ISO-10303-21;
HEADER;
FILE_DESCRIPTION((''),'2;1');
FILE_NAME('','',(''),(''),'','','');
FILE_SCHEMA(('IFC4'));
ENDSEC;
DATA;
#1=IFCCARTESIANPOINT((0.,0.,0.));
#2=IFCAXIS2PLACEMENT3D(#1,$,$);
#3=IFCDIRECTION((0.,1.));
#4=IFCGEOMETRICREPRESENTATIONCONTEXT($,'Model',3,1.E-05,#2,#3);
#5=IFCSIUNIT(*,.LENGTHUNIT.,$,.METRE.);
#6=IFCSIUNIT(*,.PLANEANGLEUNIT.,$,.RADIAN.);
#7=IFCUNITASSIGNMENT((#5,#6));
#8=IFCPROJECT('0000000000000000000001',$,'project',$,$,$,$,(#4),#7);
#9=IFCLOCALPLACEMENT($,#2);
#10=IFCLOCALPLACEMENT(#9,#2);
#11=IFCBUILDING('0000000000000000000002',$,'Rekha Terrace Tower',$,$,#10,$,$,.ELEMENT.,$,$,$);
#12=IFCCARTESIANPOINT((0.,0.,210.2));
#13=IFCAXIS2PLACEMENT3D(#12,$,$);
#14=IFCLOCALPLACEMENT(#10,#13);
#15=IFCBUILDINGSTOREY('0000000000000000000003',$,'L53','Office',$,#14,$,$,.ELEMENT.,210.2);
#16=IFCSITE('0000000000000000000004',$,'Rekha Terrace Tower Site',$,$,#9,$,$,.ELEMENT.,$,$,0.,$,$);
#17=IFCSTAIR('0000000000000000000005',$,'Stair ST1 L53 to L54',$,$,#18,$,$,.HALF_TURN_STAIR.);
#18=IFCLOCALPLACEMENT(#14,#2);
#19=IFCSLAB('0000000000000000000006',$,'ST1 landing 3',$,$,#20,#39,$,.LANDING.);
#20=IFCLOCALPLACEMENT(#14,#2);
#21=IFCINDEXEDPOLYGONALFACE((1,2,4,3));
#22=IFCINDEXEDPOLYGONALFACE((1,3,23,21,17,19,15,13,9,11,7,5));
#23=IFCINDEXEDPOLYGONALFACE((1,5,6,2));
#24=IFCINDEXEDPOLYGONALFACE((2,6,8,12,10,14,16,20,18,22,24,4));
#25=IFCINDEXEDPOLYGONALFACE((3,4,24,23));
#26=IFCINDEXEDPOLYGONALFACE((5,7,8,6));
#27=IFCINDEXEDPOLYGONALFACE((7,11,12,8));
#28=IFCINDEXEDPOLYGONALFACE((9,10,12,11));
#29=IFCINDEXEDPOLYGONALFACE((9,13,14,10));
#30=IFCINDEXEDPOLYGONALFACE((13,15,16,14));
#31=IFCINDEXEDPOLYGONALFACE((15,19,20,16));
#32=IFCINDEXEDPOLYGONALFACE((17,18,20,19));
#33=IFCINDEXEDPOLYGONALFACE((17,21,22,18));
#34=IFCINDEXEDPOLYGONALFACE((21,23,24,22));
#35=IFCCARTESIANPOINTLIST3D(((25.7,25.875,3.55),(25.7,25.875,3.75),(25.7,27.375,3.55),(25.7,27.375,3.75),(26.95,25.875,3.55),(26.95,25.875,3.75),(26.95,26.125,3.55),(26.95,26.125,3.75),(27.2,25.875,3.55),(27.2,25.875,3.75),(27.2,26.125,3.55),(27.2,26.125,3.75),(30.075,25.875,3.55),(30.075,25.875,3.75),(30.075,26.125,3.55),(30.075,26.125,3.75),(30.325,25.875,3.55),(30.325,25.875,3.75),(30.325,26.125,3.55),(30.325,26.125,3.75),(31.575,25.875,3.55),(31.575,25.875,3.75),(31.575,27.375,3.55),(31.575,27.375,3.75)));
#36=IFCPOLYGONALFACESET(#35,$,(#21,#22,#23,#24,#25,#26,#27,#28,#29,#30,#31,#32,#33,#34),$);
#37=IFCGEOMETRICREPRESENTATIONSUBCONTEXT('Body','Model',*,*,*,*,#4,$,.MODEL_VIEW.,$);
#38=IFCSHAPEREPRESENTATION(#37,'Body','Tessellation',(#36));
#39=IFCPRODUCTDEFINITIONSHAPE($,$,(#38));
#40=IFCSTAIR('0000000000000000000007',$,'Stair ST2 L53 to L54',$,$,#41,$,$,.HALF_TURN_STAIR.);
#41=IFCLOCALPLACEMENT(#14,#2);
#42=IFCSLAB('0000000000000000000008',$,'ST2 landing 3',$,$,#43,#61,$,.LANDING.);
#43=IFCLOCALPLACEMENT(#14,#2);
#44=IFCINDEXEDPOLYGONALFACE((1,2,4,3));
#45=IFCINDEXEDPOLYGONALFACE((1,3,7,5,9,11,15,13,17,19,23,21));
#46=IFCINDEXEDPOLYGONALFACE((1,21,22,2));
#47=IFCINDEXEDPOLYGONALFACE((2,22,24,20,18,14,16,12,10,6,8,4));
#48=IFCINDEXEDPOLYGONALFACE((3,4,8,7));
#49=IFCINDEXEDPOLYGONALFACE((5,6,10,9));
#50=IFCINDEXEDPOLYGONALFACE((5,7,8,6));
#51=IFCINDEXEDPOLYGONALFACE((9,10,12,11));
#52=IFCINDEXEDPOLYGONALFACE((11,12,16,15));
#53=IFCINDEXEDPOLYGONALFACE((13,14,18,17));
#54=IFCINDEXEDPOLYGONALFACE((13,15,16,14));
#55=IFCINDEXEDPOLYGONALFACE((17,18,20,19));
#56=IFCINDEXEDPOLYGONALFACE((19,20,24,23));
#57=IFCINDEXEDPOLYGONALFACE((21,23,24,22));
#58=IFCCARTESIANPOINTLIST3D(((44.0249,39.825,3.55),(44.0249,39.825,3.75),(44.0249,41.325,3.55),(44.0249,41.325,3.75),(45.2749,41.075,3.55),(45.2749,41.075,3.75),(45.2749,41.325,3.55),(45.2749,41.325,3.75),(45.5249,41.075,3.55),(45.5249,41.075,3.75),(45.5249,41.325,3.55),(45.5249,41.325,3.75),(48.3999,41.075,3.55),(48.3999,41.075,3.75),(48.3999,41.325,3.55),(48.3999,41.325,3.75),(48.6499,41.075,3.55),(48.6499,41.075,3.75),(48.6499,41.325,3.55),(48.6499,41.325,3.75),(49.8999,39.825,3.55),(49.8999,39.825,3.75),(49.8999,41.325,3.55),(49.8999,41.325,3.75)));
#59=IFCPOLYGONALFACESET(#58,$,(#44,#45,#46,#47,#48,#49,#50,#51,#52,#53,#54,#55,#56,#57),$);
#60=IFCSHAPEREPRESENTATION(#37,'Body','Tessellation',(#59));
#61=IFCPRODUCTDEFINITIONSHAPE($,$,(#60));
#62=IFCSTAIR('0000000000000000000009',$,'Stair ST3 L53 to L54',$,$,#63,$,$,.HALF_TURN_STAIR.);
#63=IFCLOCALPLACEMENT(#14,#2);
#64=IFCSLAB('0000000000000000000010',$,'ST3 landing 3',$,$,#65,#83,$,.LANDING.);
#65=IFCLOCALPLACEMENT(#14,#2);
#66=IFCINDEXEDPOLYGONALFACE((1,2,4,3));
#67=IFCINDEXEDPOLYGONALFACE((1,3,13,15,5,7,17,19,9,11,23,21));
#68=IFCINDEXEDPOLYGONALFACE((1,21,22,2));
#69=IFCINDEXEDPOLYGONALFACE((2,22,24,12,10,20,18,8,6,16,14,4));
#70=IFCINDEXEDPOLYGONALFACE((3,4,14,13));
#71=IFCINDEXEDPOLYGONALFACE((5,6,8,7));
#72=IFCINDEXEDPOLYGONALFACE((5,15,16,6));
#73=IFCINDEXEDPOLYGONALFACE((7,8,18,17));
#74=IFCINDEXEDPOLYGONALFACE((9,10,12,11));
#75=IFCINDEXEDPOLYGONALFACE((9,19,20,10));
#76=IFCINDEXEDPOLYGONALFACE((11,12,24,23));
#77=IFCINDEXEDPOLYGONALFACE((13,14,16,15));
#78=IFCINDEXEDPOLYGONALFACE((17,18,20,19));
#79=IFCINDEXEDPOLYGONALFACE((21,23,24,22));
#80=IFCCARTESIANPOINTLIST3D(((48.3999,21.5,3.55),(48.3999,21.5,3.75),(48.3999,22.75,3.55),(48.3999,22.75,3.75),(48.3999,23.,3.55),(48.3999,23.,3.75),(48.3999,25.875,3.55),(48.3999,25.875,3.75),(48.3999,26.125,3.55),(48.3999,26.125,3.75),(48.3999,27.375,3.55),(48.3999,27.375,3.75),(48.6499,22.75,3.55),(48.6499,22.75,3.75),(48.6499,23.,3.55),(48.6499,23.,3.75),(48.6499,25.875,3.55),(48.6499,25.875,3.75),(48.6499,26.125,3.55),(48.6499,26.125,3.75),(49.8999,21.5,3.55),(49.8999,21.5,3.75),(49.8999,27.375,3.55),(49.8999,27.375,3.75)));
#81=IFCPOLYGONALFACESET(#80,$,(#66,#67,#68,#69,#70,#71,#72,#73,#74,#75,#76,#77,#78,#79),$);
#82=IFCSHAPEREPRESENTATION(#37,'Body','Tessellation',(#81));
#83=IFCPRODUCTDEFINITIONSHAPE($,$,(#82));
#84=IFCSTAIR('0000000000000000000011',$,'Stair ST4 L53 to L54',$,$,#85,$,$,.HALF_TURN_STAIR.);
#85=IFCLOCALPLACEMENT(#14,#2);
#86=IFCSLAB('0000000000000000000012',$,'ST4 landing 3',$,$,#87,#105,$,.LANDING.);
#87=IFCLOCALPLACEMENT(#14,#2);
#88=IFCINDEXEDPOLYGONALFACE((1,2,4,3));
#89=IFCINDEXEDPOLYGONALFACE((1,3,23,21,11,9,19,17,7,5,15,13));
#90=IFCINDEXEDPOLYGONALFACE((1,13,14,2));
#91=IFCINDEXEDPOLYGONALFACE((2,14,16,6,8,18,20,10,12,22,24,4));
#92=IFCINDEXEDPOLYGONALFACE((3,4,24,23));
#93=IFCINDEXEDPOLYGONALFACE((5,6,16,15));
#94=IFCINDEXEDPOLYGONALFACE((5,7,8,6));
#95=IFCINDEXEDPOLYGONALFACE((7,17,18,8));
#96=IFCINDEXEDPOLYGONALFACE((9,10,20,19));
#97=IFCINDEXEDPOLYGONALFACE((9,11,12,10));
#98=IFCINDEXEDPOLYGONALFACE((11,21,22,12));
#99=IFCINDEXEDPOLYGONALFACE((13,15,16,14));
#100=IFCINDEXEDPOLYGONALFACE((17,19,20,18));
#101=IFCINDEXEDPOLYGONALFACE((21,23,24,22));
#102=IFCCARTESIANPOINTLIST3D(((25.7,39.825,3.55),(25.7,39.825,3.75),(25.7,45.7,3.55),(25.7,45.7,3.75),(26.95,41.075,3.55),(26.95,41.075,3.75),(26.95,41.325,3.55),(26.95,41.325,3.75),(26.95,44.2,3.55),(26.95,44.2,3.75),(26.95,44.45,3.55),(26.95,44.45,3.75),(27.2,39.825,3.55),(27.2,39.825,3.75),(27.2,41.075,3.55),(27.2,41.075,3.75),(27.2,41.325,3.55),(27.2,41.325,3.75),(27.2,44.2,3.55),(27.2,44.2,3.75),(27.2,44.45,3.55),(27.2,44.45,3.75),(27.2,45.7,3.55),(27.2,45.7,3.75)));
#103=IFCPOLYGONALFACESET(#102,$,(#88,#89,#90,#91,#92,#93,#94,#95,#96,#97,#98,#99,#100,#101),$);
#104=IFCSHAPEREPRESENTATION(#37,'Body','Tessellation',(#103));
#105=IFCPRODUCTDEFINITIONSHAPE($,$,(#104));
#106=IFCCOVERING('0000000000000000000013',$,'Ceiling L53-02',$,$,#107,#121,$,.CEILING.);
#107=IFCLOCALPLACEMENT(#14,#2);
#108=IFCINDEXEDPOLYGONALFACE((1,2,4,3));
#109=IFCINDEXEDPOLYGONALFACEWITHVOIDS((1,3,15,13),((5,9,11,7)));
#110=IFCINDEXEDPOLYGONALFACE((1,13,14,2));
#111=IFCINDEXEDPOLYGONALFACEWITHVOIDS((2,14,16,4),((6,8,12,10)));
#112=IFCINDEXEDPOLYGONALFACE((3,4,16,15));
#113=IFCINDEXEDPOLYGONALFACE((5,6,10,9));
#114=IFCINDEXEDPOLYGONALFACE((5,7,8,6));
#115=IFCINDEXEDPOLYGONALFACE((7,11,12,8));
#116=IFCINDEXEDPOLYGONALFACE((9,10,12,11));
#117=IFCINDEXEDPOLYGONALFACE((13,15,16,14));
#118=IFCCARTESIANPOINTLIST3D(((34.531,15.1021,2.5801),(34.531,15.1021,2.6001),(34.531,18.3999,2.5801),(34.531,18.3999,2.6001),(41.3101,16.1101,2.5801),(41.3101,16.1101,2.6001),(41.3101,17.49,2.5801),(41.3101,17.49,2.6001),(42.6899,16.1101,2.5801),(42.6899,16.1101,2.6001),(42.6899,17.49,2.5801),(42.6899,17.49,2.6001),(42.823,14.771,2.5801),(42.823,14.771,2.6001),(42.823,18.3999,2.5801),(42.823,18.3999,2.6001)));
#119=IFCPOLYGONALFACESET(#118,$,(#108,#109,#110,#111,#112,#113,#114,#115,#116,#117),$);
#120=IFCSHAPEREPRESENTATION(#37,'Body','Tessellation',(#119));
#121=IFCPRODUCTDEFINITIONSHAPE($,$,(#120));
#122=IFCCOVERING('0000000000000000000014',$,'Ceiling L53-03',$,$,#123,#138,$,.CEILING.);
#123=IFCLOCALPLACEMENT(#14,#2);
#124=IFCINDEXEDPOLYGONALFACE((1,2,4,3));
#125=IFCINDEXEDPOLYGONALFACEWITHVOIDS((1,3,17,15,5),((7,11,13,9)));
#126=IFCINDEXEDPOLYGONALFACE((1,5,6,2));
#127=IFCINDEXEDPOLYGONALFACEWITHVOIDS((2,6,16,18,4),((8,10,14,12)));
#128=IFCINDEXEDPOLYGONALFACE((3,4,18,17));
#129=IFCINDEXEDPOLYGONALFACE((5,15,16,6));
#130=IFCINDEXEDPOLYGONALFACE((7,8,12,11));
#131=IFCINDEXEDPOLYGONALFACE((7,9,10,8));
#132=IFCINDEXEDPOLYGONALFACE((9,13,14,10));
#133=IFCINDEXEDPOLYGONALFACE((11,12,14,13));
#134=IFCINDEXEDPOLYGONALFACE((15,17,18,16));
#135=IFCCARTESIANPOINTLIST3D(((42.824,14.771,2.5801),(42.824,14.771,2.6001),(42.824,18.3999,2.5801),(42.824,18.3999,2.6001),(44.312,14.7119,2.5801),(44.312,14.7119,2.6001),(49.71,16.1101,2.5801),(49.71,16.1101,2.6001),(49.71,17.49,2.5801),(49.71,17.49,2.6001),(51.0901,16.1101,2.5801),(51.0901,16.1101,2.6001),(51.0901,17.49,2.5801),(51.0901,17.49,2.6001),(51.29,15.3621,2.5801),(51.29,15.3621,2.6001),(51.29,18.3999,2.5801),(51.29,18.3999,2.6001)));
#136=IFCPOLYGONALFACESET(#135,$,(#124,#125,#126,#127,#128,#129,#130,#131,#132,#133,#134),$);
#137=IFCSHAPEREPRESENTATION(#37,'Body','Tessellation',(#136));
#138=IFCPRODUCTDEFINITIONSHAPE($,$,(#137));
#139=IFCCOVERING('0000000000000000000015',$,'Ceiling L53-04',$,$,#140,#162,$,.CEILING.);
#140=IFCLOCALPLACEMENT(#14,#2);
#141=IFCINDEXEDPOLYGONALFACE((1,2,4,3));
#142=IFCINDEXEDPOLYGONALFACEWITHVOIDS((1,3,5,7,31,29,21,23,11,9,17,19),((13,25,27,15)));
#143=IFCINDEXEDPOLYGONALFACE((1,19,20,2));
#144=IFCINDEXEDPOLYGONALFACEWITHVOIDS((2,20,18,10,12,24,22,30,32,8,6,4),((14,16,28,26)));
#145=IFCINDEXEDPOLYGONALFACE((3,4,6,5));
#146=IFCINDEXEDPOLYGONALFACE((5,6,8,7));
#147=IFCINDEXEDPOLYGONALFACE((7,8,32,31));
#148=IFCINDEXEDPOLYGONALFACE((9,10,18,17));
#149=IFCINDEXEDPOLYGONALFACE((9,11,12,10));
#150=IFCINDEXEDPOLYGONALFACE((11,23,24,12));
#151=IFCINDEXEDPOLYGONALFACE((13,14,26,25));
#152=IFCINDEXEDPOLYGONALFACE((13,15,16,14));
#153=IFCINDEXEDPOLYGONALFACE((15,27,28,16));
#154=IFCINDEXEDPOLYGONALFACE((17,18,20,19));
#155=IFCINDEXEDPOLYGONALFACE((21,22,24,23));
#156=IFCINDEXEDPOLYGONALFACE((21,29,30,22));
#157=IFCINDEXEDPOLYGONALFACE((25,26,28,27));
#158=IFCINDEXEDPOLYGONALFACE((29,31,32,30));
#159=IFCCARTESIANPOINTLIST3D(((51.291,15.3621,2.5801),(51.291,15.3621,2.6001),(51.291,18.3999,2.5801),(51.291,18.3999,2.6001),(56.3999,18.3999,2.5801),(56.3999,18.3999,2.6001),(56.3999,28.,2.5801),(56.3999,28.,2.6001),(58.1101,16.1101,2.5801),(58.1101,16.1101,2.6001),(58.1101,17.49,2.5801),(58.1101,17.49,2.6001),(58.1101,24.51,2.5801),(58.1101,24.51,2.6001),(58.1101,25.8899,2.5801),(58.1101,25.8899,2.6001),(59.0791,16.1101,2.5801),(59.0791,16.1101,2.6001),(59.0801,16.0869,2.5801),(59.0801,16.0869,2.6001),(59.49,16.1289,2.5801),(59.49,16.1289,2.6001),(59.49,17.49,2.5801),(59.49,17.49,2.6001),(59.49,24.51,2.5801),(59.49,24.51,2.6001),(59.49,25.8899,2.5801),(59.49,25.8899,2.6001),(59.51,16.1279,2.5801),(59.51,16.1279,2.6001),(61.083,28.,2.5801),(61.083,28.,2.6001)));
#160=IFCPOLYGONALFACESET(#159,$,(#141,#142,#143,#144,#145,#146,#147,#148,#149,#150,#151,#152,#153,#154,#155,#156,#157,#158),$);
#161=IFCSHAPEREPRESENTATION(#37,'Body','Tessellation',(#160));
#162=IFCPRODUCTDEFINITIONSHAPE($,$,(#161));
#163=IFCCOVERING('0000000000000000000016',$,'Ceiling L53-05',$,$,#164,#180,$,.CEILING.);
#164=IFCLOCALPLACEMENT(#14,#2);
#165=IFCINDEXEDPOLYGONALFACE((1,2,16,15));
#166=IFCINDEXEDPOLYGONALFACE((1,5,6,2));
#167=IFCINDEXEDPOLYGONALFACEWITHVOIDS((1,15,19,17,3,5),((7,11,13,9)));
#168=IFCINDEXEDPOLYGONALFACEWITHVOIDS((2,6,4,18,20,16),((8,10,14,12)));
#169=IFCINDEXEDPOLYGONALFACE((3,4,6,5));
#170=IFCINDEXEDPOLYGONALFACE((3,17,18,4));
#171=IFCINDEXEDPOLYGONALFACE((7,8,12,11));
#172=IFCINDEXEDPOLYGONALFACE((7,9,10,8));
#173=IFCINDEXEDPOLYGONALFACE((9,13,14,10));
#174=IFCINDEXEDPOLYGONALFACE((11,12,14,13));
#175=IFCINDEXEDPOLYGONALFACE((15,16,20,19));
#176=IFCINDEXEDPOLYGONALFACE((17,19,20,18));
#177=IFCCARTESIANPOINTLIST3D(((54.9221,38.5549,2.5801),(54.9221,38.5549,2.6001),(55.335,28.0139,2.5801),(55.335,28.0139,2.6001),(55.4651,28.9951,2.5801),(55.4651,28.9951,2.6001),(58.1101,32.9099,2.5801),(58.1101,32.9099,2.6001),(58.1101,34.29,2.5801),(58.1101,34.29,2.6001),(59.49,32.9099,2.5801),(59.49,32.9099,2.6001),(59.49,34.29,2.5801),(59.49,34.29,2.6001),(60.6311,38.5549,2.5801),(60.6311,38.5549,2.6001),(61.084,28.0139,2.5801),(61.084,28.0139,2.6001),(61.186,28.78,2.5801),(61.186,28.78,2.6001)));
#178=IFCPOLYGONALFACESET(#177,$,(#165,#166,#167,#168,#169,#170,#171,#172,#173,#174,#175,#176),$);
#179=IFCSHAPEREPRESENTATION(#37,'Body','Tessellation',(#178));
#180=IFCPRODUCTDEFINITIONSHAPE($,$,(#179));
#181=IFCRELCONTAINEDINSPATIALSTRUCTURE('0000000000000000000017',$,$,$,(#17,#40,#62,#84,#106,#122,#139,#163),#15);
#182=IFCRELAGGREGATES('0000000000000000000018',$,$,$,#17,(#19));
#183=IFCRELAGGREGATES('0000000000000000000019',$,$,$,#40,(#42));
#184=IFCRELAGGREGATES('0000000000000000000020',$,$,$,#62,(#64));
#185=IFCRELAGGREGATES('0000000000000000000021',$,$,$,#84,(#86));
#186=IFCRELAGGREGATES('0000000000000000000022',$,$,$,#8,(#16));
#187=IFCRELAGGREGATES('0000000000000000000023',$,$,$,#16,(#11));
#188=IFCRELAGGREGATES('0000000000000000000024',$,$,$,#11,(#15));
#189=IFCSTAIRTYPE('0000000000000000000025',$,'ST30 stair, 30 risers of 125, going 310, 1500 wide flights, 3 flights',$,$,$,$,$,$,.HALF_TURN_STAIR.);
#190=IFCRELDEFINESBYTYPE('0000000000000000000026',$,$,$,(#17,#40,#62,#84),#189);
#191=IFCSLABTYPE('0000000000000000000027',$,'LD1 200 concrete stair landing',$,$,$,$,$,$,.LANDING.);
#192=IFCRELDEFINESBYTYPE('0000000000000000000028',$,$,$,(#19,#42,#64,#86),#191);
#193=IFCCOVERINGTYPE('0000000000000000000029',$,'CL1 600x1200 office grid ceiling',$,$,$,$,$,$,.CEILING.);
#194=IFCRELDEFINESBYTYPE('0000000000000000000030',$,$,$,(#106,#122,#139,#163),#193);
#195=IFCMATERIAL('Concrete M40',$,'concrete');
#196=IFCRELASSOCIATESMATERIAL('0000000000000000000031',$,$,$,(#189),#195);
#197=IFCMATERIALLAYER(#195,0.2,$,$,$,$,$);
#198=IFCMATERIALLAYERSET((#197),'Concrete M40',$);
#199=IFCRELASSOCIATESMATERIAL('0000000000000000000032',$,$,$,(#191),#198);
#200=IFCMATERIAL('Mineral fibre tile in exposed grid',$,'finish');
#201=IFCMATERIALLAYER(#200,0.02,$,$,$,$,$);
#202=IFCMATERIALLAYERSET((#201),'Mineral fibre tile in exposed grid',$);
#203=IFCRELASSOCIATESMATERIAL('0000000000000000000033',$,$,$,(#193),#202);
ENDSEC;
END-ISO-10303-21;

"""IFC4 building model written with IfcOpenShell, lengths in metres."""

from ifc_helpers import new_model, si_unit, direction, frame, origin, place, context, subcontext, project, spatial, polyline, outline, extrude, material, layer, layer_set, type_object, element, aggregate, save


model = new_model("IFC4")

# Units and contexts
model_context = context("Model", 3, precision=1e-05, world=origin(), true_north=direction((0.0, 1.0)))
body_context = subcontext(model_context, "Body", "Model", "MODEL_VIEW")
ifc_project = project(units=[si_unit("LENGTHUNIT", "METRE"), si_unit("PLANEANGLEUNIT", "RADIAN")], contexts=[model_context])

# Site, building, storey
site_placement = place(None, origin())
site = spatial("IfcSite", under=ifc_project, at=site_placement, Name="Rekha Terrace Tower Site", CompositionType="ELEMENT", RefElevation=0.0)
building_placement = place(site_placement, origin())
building = spatial("IfcBuilding", under=site, at=building_placement, Name="Rekha Terrace Tower", CompositionType="ELEMENT")
storey_placement = place(building_placement, frame((0.0, 0.0, 210.2)))
storey = spatial("IfcBuildingStorey", under=building, at=storey_placement, Name="L53", Description="Office", CompositionType="ELEMENT", Elevation=210.2)

# Stairs, slabs
ifc_material_1 = material(Name="Concrete M40", Category="concrete")
stair_type = type_object("IfcStairType", Name="ST30 stair, 30 risers of 125, going 310, 1500 wide flights, 3 flights", PredefinedType="HALF_TURN_STAIR", material=ifc_material_1)
stair_1_placement = place(storey_placement, origin())
stair_1 = element("IfcStair", 1, at=stair_1_placement, inside=storey, type_object=stair_type, Name="Stair ST1 L53 to L54", PredefinedType="HALF_TURN_STAIR")
ifc_layer_1 = layer(ifc_material_1, 0.2)
ifc_layer_set_1 = layer_set([ifc_layer_1], Name="Concrete M40")
slab_type = type_object("IfcSlabType", Name="LD1 200 concrete stair landing", PredefinedType="LANDING", material=ifc_layer_set_1)
slab_1_placement = place(storey_placement, frame((0.0, 0.0, 3.55)))
slab_1 = element("IfcSlab", 2, at=slab_1_placement, type_object=slab_type, Name="ST1 landing 3", PredefinedType="LANDING", context=body_context, shape_type="SweptSolid", body=[
    extrude(outline(polyline([(31.575, 25.875), (31.575, 27.375), (25.7, 27.375), (25.7, 25.875), (26.95, 25.875), (26.95, 26.125), (27.2, 26.125), (27.2, 25.875), (30.075, 25.875), (30.075, 26.125), (30.325, 26.125), (30.325, 25.875), (31.575, 25.875)])), origin(), (0.0, 0.0, 1.0), 0.2),
])
aggregate(stair_1, [slab_1])
stair_2_placement = place(storey_placement, origin())
stair_2 = element("IfcStair", 3, at=stair_2_placement, inside=storey, type_object=stair_type, Name="Stair ST2 L53 to L54", PredefinedType="HALF_TURN_STAIR")
slab_2_placement = place(storey_placement, frame((0.0, 0.0, 3.55)))
slab_2 = element("IfcSlab", 4, at=slab_2_placement, type_object=slab_type, Name="ST2 landing 3", PredefinedType="LANDING", context=body_context, shape_type="SweptSolid", body=[
    extrude(outline(polyline([(44.0249, 41.325), (44.0249, 39.825), (49.8999, 39.825), (49.8999, 41.325), (48.6499, 41.325), (48.6499, 41.075), (48.3999, 41.075), (48.3999, 41.325), (45.5249, 41.325), (45.5249, 41.075), (45.2749, 41.075), (45.2749, 41.325), (44.0249, 41.325)])), origin(), (0.0, 0.0, 1.0), 0.2),
])
aggregate(stair_2, [slab_2])
stair_3_placement = place(storey_placement, origin())
stair_3 = element("IfcStair", 5, at=stair_3_placement, inside=storey, type_object=stair_type, Name="Stair ST3 L53 to L54", PredefinedType="HALF_TURN_STAIR")
slab_3_placement = place(storey_placement, frame((0.0, 0.0, 3.55)))
slab_3 = element("IfcSlab", 6, at=slab_3_placement, type_object=slab_type, Name="ST3 landing 3", PredefinedType="LANDING", context=body_context, shape_type="SweptSolid", body=[
    extrude(outline(polyline([(48.3999, 21.5), (49.8999, 21.5), (49.8999, 27.375), (48.3999, 27.375), (48.3999, 26.125), (48.6499, 26.125), (48.6499, 25.875), (48.3999, 25.875), (48.3999, 23.0), (48.6499, 23.0), (48.6499, 22.75), (48.3999, 22.75), (48.3999, 21.5)])), origin(), (0.0, 0.0, 1.0), 0.2),
])
aggregate(stair_3, [slab_3])
stair_4_placement = place(storey_placement, origin())
stair_4 = element("IfcStair", 7, at=stair_4_placement, inside=storey, type_object=stair_type, Name="Stair ST4 L53 to L54", PredefinedType="HALF_TURN_STAIR")
slab_4_placement = place(storey_placement, frame((0.0, 0.0, 3.55)))
slab_4 = element("IfcSlab", 8, at=slab_4_placement, type_object=slab_type, Name="ST4 landing 3", PredefinedType="LANDING", context=body_context, shape_type="SweptSolid", body=[
    extrude(outline(polyline([(27.2, 39.825), (25.7, 39.825), (25.7, 45.7), (27.2, 45.7), (27.2, 44.45), (26.95, 44.45), (26.95, 44.2), (27.2, 44.2), (27.2, 41.325), (26.95, 41.325), (26.95, 41.075), (27.2, 41.075), (27.2, 39.825)])), origin(), (0.0, 0.0, 1.0), 0.2),
])
aggregate(stair_4, [slab_4])

# Coverings
ifc_material_2 = material(Name="Mineral fibre tile in exposed grid", Category="finish")
ifc_layer_2 = layer(ifc_material_2, 0.02)
ifc_layer_set_2 = layer_set([ifc_layer_2], Name="Mineral fibre tile in exposed grid")
covering_type_1 = type_object("IfcCoveringType", Name="CL1 600x1200 office grid ceiling", PredefinedType="CEILING", material=ifc_layer_set_2)
covering_1_placement = place(storey_placement, frame((0.0, 0.0, 2.5801)))
element("IfcCovering", 9, at=covering_1_placement, inside=storey, type_object=covering_type_1, Name="Ceiling L53-02", PredefinedType="CEILING", context=body_context, shape_type="SweptSolid", body=[
    extrude(outline(polyline([(34.531, 18.3999), (34.531, 15.1021), (42.823, 14.771), (42.823, 18.3999), (34.531, 18.3999)]), holes=[polyline([(42.6899, 17.49), (42.6899, 16.1101), (41.3101, 16.1101), (41.3101, 17.49), (42.6899, 17.49)])]), origin(), (0.0, 0.0, 1.0), 0.02),
])
covering_2_placement = place(storey_placement, frame((0.0, 0.0, 2.5801)))
element("IfcCovering", 10, at=covering_2_placement, inside=storey, type_object=covering_type_1, Name="Ceiling L53-03", PredefinedType="CEILING", context=body_context, shape_type="SweptSolid", body=[
    extrude(outline(polyline([(42.824, 14.771), (44.312, 14.7119), (51.29, 15.3621), (51.29, 18.3999), (42.824, 18.3999), (42.824, 14.771)]), holes=[polyline([(51.0901, 16.1101), (49.71, 16.1101), (49.71, 17.49), (51.0901, 17.49), (51.0901, 16.1101)])]), origin(), (0.0, 0.0, 1.0), 0.02),
])
covering_3_placement = place(storey_placement, frame((0.0, 0.0, 2.5801)))
element("IfcCovering", 11, at=covering_3_placement, inside=storey, type_object=covering_type_1, Name="Ceiling L53-04", PredefinedType="CEILING", context=body_context, shape_type="SweptSolid", body=[
    extrude(outline(polyline([(59.49, 16.1289), (59.51, 16.1279), (61.083, 28.0), (56.3999, 28.0), (56.3999, 18.3999), (51.291, 18.3999), (51.291, 15.3621), (59.0801, 16.0869), (59.0791, 16.1101), (58.1101, 16.1101), (58.1101, 17.49), (59.49, 17.49), (59.49, 16.1289)]), holes=[polyline([(59.49, 24.51), (58.1101, 24.51), (58.1101, 25.8899), (59.49, 25.8899), (59.49, 24.51)])]), origin(), (0.0, 0.0, 1.0), 0.02),
])
covering_4_placement = place(storey_placement, frame((0.0, 0.0, 2.5801)))
element("IfcCovering", 12, at=covering_4_placement, inside=storey, type_object=covering_type_1, Name="Ceiling L53-05", PredefinedType="CEILING", context=body_context, shape_type="SweptSolid", body=[
    extrude(outline(polyline([(55.4651, 28.9951), (55.335, 28.0139), (61.084, 28.0139), (61.186, 28.78), (60.6311, 38.5549), (54.9221, 38.5549), (55.4651, 28.9951)]), holes=[polyline([(59.49, 34.29), (59.49, 32.9099), (58.1101, 32.9099), (58.1101, 34.29), (59.49, 34.29)])]), origin(), (0.0, 0.0, 1.0), 0.02),
])

save(model, "model.ifc")
